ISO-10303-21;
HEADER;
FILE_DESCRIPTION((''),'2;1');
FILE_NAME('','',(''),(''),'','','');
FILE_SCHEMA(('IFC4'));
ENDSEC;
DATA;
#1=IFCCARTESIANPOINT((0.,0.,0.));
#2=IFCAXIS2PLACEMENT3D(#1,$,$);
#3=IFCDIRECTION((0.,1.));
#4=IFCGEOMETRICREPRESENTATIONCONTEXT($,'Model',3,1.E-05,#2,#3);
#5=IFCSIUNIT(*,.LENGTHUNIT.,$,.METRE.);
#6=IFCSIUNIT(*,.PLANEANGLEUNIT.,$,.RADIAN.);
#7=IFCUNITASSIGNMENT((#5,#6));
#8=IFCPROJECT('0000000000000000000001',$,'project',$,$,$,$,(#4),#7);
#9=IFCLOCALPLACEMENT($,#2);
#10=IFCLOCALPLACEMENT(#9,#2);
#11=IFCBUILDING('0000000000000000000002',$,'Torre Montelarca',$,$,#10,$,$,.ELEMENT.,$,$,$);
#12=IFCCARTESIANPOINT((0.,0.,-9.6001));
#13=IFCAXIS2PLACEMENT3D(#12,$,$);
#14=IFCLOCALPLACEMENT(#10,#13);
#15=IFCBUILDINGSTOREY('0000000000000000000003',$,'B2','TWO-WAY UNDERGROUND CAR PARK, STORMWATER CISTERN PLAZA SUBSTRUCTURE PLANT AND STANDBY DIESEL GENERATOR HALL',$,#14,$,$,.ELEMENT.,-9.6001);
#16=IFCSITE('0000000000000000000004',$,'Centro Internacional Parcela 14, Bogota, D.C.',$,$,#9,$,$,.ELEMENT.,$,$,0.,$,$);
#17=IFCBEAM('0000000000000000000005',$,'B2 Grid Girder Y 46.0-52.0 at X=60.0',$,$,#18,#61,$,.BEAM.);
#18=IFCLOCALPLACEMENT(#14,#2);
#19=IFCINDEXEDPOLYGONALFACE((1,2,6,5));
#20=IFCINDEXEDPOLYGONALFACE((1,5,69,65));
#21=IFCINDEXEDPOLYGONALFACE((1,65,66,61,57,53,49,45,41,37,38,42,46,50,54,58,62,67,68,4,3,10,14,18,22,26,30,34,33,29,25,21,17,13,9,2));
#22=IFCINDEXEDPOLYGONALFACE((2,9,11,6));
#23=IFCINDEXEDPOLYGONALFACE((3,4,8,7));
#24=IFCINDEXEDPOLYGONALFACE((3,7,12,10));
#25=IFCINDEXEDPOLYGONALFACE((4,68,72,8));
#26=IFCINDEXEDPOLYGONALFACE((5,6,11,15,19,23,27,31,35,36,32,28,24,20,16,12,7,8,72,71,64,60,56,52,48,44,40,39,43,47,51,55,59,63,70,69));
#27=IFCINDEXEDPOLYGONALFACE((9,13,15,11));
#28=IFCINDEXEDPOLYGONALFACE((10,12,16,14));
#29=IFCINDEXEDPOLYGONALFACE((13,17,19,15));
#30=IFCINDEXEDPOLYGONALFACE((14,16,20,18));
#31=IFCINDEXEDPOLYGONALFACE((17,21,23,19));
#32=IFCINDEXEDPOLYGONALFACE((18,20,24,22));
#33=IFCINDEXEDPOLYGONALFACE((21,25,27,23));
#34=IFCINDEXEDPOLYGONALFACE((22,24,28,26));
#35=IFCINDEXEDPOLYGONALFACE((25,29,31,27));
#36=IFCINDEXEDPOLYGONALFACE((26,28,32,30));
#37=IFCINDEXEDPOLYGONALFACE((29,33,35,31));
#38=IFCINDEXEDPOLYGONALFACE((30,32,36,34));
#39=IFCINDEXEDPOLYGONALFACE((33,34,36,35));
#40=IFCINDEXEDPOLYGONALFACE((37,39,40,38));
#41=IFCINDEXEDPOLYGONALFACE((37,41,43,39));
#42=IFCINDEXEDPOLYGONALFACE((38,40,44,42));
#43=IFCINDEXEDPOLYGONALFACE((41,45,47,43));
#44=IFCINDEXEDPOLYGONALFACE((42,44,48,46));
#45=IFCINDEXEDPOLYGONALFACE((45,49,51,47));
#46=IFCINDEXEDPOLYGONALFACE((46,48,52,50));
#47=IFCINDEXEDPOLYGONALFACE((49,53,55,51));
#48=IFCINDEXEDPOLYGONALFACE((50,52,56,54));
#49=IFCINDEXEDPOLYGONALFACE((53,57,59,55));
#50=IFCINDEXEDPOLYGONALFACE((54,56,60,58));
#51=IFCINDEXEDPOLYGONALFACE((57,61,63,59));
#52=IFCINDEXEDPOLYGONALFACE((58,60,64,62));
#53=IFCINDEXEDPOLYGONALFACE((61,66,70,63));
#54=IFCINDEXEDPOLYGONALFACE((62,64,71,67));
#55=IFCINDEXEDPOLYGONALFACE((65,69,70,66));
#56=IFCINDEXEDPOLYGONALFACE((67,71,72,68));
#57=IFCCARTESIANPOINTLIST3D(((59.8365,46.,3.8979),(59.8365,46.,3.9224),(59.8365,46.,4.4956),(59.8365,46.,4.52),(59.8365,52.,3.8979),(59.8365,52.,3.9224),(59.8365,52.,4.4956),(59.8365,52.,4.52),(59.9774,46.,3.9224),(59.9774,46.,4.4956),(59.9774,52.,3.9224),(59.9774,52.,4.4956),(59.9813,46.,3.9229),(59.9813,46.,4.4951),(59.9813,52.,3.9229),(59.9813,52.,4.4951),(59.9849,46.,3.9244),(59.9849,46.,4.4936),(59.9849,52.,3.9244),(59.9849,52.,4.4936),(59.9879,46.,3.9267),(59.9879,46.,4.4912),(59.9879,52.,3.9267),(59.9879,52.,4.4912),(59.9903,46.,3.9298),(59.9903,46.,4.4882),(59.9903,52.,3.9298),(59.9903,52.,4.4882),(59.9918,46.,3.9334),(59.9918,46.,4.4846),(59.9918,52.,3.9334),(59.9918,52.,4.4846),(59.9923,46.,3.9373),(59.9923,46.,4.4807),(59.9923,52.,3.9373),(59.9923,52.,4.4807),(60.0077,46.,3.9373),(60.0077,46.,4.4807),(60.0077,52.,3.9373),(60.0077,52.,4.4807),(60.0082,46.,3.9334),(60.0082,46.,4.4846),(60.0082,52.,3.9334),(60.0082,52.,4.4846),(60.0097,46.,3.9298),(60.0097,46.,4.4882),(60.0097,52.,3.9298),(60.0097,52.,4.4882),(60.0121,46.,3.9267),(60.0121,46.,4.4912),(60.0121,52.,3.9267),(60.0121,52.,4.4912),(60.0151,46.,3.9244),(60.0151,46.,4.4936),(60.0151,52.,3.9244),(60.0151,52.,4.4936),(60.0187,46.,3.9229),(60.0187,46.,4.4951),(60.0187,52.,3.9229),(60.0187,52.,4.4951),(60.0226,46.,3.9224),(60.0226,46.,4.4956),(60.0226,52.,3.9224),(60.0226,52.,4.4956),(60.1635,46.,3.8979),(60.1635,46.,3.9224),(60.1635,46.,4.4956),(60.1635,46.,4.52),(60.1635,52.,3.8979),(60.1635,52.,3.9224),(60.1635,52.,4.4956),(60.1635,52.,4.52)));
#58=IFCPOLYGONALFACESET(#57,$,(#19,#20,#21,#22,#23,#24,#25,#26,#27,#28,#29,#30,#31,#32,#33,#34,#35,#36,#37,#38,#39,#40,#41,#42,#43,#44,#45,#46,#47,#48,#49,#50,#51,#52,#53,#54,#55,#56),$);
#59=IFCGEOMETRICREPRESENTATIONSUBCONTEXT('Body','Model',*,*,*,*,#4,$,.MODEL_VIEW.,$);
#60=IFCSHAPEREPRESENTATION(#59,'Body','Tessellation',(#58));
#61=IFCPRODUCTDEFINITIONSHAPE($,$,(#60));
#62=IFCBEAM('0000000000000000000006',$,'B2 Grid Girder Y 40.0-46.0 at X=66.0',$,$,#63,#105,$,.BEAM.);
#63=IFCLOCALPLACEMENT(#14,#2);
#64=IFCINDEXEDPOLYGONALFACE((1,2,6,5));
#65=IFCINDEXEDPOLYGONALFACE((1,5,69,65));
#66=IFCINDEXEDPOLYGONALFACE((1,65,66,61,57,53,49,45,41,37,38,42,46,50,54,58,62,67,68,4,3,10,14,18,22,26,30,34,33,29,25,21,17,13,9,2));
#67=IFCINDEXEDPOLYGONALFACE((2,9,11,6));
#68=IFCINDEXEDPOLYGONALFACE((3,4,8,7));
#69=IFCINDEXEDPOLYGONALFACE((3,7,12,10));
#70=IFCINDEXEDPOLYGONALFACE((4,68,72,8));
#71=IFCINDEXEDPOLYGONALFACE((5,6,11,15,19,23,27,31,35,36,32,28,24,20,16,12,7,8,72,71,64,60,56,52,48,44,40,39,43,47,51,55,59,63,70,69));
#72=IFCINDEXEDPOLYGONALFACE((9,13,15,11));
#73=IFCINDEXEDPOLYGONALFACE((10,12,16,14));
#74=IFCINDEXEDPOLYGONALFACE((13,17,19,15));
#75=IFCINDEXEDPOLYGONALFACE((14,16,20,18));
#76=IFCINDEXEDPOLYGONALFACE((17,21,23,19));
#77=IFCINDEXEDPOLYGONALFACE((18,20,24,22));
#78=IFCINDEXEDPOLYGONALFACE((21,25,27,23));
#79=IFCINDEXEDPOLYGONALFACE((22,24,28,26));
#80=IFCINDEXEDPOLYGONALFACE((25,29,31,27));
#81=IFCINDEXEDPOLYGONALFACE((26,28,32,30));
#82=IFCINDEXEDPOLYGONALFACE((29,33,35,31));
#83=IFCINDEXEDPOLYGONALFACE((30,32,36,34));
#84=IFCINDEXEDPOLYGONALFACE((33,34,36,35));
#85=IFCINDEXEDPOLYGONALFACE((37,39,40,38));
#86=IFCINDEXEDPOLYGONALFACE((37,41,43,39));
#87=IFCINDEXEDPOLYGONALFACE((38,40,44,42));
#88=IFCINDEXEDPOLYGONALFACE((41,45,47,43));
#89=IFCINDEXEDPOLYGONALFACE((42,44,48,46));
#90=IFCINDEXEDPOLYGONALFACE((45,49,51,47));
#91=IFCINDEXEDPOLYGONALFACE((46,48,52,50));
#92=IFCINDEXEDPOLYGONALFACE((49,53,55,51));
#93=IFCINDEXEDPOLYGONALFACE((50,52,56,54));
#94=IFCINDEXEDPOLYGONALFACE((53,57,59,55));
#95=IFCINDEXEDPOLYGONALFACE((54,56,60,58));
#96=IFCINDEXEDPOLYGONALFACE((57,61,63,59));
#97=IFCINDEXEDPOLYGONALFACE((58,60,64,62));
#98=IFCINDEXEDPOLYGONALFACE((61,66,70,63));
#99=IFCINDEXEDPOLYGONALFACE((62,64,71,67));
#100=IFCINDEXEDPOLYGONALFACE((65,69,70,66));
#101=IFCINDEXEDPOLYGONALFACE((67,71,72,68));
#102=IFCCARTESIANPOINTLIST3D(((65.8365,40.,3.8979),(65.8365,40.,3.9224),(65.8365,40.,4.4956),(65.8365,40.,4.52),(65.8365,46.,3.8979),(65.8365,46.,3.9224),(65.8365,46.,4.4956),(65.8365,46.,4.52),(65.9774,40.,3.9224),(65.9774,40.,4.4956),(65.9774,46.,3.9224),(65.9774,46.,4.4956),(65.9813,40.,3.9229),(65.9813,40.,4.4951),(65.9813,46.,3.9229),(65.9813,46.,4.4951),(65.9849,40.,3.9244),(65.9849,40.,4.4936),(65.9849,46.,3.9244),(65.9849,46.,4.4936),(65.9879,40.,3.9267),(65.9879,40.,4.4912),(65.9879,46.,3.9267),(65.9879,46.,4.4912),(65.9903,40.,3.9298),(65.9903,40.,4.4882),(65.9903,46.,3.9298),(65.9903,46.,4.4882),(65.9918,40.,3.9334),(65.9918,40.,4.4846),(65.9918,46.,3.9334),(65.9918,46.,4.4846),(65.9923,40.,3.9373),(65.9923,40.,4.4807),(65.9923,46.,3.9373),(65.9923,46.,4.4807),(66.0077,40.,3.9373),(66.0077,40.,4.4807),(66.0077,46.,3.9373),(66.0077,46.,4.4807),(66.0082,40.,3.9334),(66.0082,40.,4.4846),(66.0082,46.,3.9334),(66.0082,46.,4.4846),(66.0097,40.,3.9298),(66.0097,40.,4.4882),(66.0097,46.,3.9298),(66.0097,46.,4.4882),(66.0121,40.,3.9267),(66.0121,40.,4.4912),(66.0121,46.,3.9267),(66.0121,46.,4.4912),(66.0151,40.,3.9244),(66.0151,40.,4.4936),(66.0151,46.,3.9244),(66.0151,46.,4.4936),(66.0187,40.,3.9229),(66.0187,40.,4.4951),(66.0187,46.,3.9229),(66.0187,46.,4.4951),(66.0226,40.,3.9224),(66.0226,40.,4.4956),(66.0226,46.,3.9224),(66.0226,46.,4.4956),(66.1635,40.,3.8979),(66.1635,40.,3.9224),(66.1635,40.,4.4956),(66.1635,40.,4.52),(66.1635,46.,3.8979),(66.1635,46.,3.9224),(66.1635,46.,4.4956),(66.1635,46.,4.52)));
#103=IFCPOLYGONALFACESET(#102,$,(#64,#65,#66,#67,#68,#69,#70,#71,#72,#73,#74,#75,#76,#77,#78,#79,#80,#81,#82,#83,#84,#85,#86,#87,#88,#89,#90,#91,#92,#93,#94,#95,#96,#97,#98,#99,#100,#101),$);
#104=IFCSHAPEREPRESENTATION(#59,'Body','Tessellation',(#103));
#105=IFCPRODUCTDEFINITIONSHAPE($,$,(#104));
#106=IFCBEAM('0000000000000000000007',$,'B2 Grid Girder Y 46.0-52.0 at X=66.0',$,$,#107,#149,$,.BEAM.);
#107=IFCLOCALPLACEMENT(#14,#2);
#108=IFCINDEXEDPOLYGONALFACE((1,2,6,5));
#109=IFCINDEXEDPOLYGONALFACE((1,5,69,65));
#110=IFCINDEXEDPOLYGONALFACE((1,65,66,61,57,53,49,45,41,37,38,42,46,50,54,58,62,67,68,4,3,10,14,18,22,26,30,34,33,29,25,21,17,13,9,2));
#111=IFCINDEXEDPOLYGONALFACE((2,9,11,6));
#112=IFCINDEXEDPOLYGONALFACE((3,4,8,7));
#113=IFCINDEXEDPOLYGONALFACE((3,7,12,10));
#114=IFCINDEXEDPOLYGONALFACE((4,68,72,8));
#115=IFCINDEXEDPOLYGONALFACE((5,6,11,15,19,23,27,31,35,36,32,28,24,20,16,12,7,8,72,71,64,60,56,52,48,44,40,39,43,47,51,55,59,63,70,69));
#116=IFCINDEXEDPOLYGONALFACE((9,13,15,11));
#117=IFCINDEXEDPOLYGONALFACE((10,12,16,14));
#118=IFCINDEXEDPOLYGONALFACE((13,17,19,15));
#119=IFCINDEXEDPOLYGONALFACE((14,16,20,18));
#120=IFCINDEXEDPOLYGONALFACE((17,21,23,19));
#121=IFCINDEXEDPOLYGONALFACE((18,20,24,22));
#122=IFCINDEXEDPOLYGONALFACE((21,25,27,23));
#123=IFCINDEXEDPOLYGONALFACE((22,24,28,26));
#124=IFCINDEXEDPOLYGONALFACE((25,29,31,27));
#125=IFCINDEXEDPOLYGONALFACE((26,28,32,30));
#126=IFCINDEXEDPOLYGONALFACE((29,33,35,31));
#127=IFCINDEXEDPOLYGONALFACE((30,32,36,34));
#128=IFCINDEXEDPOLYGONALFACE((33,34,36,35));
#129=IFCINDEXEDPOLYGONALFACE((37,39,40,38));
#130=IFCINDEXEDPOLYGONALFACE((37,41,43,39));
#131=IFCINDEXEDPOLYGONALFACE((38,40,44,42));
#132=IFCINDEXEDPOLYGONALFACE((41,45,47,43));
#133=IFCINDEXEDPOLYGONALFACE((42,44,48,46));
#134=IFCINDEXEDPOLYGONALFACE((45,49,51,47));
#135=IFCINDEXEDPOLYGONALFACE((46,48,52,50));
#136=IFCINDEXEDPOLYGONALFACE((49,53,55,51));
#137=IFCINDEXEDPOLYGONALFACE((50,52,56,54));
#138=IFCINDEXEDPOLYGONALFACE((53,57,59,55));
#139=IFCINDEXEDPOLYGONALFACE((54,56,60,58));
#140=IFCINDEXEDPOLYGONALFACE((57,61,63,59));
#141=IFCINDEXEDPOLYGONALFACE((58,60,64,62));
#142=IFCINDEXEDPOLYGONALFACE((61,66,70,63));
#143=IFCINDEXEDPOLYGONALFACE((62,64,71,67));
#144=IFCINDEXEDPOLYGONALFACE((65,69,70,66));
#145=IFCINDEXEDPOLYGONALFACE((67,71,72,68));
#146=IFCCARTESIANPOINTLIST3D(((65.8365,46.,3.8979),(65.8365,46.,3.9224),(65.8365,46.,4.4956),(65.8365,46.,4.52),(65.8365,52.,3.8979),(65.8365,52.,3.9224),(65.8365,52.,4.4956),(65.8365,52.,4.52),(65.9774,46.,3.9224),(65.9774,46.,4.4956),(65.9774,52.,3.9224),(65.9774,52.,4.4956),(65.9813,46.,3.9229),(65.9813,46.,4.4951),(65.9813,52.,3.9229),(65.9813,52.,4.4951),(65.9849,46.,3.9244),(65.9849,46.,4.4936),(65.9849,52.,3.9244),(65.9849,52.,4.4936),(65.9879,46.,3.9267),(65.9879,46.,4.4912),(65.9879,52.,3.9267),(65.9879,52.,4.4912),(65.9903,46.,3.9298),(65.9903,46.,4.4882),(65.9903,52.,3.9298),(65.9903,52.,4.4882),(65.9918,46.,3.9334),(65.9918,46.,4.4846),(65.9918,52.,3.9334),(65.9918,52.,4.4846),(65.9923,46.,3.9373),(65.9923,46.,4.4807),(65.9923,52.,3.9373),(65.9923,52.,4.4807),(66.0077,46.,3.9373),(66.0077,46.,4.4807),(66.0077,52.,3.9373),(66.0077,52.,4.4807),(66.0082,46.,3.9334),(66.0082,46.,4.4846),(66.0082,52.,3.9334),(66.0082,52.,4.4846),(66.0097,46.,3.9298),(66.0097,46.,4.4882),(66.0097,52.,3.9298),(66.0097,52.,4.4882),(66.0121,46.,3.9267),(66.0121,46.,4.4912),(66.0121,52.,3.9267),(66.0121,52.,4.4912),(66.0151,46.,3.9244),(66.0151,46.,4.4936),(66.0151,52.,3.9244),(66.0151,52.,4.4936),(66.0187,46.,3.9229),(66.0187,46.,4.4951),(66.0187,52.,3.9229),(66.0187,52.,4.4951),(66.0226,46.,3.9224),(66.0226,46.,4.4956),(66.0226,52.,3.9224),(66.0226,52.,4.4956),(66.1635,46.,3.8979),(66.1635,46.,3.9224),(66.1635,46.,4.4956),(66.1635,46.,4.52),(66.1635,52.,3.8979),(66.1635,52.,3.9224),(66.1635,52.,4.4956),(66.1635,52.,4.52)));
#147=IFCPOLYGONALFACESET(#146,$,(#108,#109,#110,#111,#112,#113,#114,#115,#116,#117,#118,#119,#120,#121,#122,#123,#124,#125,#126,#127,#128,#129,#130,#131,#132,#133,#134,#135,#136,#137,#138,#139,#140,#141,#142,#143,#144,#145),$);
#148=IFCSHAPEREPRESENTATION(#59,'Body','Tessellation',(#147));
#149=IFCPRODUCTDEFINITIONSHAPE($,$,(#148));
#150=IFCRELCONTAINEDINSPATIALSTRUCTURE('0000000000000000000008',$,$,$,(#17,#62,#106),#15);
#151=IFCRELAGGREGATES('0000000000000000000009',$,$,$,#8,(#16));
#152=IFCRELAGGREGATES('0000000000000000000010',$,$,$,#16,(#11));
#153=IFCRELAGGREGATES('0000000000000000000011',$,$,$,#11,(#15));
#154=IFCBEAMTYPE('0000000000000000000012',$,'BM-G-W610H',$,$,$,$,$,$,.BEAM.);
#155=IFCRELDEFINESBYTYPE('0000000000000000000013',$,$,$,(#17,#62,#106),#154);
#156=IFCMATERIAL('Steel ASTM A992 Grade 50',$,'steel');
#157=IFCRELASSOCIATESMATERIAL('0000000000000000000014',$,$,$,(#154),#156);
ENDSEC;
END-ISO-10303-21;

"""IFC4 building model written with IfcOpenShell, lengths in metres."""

from ifc_helpers import new_model, si_unit, direction, frame, origin, origin_2d, place, context, subcontext, project, spatial, i_section, extrude, source, transform, mapped, material, material_profile, profile_set, type_object, element, save


model = new_model("IFC4")

# Units and contexts
model_context = context("Model", 3, precision=1e-05, world=origin(), true_north=direction((0.0, 1.0)))
body_context = subcontext(model_context, "Body", "Model", "MODEL_VIEW")
ifc_project = project(units=[si_unit("LENGTHUNIT", "METRE"), si_unit("PLANEANGLEUNIT", "RADIAN")], contexts=[model_context])

# Site, building, storey
site_placement = place(None, origin())
site = spatial("IfcSite", under=ifc_project, at=site_placement, Name="Centro Internacional Parcela 14, Bogota, D.C.", CompositionType="ELEMENT", RefElevation=0.0)
building_placement = place(site_placement, origin())
building = spatial("IfcBuilding", under=site, at=building_placement, Name="Torre Montelarca", CompositionType="ELEMENT")
storey_placement = place(building_placement, frame((0.0, 0.0, -9.6001)))
storey = spatial("IfcBuildingStorey", under=building, at=storey_placement, Name="B2", Description="TWO-WAY UNDERGROUND CAR PARK, STORMWATER CISTERN PLAZA SUBSTRUCTURE PLANT AND STANDBY DIESEL GENERATOR HALL", CompositionType="ELEMENT", Elevation=-9.6001)

# Beams
ifc_material_1 = material(Name="Steel ASTM A992 Grade 50", Category="steel")
ifc_material_profile_1 = material_profile(ifc_material_1, i_section(OverallWidth=0.3269, OverallDepth=0.6221, WebThickness=0.0154, FlangeThickness=0.0244, FilletRadius=0.0149, at=origin_2d()), Name="W610X195", Category="steel")
ifc_profile_set_1 = profile_set([ifc_material_profile_1], Name="Steel ASTM A992 Grade 50")
beam_type = type_object("IfcBeamType", Name="BM-G-W610H", PredefinedType="BEAM", material=ifc_profile_set_1)
shared_shape_1 = source(origin(), body_context, "Body", "SweptSolid", [
    extrude(i_section(OverallWidth=0.3269, OverallDepth=0.6221, WebThickness=0.0154, FlangeThickness=0.0244, FilletRadius=0.0149, at=origin_2d()), origin(), (0.0, 0.0, 1.0), 6.0),
])
for number, where, z_axis, x_axis, name in (
    (1, (60.0, 46.0, 4.209), (0.0, 1.0, 0.0), (-1.0, 0.0, 0.0), "B2 Grid Girder Y 46.0-52.0 at X=60.0"),
    (2, (66.0, 40.0, 4.209), (0.0, 1.0, 0.0), (-1.0, 0.0, 0.0), "B2 Grid Girder Y 40.0-46.0 at X=66.0"),
    (3, (66.0, 46.0, 4.209), (0.0, 1.0, 0.0), (-1.0, 0.0, 0.0), "B2 Grid Girder Y 46.0-52.0 at X=66.0"),
):
    element("IfcBeam", number, at=place(storey_placement, frame(where, z_axis=z_axis, x_axis=x_axis)), inside=storey, type_object=beam_type, Name=name, PredefinedType="BEAM", context=body_context, shape_type="MappedRepresentation", body=[
        mapped(shared_shape_1, transform((0.0, 0.0, 0.0), scale=1.0)),
    ])

save(model, "model.ifc")
